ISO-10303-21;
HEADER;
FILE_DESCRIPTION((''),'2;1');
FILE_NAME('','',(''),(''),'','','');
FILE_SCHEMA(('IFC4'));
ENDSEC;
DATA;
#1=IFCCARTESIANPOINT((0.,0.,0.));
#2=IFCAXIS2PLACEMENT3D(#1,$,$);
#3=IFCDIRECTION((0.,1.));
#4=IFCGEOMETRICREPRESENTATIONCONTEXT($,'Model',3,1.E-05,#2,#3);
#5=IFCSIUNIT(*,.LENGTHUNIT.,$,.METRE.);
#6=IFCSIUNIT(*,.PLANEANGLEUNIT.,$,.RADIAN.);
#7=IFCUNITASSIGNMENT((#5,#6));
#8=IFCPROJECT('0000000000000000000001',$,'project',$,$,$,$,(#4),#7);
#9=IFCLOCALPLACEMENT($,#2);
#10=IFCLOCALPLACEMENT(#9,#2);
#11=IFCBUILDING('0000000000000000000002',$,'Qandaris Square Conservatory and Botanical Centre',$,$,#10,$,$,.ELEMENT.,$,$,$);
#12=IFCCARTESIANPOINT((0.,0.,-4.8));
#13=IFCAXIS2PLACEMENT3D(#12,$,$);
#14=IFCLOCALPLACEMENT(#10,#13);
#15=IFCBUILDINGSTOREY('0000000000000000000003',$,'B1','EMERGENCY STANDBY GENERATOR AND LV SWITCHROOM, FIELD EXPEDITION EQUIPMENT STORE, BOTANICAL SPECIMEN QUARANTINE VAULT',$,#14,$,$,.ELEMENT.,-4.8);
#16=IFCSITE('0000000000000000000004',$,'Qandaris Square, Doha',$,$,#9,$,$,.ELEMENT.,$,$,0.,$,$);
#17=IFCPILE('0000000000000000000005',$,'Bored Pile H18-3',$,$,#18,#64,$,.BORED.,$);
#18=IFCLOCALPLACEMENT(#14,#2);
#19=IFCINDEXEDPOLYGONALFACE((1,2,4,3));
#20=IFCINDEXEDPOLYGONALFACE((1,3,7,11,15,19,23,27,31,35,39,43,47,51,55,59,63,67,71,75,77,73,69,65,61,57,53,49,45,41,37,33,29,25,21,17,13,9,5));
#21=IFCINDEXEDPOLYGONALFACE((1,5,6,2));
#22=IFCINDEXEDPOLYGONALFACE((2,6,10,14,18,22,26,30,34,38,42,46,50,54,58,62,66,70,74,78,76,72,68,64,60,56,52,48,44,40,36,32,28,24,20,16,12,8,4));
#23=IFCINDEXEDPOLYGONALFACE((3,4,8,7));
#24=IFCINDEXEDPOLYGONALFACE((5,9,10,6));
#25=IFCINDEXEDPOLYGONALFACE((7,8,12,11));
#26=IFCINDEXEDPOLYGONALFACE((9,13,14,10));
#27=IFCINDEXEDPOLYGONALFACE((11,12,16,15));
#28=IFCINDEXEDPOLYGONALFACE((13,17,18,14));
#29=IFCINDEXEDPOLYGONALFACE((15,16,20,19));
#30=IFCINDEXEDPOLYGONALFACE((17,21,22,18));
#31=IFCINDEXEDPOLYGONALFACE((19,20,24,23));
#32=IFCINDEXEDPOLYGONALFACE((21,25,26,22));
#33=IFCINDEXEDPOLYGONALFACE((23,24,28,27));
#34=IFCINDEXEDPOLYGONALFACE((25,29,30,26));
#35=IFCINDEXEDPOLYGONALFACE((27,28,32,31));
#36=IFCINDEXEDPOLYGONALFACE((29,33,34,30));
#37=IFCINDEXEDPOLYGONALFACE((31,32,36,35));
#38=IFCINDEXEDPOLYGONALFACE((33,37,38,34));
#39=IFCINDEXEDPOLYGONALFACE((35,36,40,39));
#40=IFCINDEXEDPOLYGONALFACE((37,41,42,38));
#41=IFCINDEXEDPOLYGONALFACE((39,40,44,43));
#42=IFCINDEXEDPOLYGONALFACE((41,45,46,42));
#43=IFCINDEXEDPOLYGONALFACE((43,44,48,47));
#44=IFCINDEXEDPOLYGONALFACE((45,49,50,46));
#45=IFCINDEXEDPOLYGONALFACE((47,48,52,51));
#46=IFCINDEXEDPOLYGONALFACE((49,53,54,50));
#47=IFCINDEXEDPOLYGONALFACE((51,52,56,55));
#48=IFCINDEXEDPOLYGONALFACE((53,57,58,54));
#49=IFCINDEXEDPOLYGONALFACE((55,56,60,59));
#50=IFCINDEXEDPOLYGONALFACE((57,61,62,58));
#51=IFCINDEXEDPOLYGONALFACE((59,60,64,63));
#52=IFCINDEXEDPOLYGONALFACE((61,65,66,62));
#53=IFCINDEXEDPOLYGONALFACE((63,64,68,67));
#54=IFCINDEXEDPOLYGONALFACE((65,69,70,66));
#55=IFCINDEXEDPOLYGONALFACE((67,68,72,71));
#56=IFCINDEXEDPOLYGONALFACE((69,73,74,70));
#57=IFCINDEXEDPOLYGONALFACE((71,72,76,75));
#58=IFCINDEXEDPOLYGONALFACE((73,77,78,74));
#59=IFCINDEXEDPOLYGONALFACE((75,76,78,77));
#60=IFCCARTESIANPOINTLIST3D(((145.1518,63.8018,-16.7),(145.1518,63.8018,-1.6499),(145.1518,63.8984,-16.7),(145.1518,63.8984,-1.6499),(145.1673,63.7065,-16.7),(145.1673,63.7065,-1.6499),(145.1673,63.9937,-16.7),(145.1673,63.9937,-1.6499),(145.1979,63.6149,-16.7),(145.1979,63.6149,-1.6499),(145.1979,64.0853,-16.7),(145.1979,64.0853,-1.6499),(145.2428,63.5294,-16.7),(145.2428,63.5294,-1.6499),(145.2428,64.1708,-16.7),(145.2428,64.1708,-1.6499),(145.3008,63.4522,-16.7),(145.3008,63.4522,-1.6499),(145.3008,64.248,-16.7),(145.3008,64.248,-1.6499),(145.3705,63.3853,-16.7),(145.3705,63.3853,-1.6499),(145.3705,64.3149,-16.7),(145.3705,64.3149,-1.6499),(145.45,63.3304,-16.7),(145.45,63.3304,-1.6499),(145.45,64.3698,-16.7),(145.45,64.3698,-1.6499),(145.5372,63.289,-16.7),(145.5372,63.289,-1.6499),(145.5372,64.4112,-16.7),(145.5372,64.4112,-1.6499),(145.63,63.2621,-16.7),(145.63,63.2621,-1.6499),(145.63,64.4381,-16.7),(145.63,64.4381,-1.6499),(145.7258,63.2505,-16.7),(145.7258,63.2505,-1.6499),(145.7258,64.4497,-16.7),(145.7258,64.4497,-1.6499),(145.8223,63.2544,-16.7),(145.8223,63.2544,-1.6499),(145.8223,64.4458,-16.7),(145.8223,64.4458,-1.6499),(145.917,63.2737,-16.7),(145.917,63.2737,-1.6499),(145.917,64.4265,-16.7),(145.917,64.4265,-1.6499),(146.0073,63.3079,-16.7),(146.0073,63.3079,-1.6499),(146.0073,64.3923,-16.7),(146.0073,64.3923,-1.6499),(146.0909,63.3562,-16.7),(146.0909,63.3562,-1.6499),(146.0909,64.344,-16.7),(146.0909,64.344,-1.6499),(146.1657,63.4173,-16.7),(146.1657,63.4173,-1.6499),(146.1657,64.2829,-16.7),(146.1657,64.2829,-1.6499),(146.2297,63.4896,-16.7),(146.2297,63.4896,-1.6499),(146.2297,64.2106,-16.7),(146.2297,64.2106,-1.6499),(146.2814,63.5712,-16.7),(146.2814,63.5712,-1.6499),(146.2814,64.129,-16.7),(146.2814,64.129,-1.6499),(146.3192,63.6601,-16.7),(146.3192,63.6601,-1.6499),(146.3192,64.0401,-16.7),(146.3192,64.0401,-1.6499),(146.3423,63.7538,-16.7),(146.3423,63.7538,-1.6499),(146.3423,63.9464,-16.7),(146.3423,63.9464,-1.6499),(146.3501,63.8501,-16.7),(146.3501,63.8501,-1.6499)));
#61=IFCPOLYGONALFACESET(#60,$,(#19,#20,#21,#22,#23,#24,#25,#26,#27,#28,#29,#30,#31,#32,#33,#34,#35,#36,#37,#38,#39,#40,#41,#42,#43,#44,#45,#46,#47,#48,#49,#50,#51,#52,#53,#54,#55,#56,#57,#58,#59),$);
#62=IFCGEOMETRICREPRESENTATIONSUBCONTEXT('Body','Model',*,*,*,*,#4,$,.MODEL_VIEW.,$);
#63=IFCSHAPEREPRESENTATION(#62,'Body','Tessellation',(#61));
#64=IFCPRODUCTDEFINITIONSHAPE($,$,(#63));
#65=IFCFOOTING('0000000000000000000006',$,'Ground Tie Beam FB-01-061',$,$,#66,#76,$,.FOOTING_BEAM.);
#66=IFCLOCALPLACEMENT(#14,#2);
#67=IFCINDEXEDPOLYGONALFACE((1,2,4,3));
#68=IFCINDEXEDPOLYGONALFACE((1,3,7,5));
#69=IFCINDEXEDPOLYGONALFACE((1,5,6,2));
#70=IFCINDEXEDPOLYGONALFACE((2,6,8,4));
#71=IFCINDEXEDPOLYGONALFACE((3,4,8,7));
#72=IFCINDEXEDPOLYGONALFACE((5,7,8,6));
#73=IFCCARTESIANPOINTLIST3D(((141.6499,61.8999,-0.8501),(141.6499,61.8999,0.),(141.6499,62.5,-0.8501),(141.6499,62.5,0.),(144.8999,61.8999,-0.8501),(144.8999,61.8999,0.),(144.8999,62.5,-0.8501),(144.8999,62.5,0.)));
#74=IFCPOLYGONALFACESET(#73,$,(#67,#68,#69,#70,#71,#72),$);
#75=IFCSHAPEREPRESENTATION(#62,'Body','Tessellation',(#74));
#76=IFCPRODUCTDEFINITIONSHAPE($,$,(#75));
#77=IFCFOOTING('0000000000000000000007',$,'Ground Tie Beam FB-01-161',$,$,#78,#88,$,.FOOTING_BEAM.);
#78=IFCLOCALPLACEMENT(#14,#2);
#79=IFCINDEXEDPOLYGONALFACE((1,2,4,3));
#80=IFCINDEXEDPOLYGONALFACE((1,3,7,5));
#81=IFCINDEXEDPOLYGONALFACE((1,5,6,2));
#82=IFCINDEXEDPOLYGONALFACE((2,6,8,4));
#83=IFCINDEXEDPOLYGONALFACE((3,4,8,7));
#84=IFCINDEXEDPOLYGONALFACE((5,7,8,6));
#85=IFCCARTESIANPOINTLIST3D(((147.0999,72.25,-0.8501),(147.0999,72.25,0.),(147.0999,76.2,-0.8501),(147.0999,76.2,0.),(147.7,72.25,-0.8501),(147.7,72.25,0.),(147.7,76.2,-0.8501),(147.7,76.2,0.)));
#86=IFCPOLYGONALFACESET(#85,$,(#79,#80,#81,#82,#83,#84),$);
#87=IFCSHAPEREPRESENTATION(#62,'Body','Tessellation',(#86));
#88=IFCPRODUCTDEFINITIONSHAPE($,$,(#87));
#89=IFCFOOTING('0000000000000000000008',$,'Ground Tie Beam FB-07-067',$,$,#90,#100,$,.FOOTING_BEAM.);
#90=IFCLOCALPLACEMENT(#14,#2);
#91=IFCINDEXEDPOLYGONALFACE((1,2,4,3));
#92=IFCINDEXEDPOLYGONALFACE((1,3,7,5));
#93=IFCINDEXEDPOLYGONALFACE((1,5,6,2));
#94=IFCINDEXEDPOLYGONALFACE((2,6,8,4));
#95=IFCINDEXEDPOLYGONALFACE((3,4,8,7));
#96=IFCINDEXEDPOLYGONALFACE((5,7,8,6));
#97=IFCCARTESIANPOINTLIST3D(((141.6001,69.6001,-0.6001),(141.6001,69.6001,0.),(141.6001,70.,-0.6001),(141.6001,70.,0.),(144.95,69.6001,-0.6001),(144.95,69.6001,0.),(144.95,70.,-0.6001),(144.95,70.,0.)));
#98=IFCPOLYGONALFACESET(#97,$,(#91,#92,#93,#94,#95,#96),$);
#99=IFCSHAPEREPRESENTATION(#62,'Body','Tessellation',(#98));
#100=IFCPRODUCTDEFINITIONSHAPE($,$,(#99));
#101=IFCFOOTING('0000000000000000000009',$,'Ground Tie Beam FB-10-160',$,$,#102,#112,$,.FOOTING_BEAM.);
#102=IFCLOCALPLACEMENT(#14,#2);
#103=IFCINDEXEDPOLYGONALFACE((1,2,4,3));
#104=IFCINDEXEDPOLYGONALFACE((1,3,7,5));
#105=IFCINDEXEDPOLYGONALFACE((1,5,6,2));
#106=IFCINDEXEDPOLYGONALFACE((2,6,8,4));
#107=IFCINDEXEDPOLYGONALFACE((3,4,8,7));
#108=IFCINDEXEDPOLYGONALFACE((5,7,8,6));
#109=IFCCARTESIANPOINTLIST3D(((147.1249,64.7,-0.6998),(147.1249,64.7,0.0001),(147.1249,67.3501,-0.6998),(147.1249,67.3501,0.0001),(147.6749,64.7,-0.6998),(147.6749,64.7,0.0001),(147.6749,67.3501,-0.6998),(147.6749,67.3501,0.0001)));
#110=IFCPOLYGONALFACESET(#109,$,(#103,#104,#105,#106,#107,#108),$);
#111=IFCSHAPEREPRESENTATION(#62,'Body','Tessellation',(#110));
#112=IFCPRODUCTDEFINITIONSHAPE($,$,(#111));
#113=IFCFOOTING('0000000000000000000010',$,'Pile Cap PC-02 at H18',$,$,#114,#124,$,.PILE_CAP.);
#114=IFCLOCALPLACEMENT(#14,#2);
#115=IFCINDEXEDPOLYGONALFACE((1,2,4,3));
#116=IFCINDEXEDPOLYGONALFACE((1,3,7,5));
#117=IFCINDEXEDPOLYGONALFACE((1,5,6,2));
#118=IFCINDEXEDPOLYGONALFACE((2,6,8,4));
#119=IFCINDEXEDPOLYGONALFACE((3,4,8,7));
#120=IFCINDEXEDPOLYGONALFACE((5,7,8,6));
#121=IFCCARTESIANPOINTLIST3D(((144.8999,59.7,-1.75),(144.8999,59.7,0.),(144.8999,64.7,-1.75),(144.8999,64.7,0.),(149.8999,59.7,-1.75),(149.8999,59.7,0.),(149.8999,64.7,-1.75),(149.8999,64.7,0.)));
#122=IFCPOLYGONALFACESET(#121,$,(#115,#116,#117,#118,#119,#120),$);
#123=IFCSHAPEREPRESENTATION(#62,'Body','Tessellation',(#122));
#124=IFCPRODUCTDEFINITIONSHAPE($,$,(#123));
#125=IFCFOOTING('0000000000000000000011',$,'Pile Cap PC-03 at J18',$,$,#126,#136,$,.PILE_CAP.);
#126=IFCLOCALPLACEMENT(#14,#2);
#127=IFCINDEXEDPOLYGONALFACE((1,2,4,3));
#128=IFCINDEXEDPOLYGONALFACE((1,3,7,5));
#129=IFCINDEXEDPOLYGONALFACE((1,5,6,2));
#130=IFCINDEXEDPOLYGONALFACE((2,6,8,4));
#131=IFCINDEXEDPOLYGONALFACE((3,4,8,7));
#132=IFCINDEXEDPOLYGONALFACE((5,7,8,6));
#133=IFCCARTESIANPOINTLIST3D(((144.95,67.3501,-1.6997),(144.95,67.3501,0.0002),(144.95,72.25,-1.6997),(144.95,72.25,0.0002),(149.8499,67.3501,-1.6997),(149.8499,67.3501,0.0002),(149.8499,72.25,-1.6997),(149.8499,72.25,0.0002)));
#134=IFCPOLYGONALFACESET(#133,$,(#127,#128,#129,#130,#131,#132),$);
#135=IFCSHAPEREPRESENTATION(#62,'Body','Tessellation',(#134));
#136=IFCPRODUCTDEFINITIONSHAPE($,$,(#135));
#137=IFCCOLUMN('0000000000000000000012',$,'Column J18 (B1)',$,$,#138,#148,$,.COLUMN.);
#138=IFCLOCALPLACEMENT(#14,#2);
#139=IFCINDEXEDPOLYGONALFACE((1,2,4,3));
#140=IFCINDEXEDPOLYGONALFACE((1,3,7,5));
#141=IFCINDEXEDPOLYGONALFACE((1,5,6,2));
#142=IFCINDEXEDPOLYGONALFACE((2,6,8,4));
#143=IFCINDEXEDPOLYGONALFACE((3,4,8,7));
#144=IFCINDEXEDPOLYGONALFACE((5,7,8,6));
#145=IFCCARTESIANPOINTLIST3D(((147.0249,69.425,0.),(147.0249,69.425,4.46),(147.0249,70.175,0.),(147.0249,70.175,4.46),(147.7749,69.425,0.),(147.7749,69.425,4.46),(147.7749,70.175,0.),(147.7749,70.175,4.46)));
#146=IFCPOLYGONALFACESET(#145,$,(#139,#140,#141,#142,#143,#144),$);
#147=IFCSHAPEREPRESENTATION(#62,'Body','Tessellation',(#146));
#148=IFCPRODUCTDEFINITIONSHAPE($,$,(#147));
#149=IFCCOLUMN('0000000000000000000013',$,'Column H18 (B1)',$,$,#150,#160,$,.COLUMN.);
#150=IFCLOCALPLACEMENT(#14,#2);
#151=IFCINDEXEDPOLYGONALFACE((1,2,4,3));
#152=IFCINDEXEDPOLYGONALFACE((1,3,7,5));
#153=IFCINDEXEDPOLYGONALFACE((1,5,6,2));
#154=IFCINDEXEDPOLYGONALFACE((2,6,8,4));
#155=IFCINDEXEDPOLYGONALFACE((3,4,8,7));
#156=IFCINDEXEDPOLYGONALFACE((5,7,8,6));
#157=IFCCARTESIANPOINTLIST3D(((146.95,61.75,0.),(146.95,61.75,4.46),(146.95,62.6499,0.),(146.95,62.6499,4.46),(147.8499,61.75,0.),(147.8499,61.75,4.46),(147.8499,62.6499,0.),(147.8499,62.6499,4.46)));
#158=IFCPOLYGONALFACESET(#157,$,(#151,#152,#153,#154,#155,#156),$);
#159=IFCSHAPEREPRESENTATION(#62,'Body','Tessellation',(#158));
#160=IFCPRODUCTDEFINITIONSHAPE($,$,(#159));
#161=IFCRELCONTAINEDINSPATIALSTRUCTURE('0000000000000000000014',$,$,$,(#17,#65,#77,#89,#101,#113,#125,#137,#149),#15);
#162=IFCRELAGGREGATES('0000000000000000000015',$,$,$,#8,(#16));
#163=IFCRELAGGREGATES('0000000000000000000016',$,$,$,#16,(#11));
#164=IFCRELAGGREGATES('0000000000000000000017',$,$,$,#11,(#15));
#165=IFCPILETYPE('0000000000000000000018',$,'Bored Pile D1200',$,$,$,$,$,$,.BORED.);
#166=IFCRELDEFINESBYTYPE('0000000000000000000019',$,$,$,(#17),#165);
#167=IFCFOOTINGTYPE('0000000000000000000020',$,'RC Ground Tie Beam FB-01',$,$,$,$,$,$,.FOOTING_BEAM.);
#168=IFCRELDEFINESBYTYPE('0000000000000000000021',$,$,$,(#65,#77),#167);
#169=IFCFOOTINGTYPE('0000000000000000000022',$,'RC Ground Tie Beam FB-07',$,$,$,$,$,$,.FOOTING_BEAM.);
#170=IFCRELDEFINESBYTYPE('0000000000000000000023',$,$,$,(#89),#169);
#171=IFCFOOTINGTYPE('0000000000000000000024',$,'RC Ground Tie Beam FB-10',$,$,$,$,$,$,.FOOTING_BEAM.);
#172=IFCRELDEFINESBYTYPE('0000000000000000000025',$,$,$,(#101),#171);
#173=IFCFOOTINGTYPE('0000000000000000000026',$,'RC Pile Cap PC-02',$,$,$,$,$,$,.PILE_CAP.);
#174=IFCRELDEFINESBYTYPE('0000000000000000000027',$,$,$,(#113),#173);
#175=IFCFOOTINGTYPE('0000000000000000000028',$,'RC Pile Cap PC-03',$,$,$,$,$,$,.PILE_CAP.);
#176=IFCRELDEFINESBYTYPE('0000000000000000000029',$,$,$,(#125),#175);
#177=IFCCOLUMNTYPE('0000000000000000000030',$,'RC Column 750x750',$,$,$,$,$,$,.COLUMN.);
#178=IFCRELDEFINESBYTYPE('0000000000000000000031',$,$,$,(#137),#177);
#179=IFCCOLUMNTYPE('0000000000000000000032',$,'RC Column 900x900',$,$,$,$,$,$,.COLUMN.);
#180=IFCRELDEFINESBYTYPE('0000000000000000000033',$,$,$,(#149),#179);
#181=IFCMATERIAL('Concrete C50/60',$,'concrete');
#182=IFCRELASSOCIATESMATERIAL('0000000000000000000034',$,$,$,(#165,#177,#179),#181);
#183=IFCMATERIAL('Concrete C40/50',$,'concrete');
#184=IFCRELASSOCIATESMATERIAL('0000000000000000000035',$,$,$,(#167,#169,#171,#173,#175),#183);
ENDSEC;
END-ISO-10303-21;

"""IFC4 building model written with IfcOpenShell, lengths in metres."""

from ifc_helpers import new_model, si_unit, direction, frame, origin, origin_2d, place, context, subcontext, project, spatial, rectangle, circle, extrude, material, material_profile, profile_set, type_object, element, save


model = new_model("IFC4")

# Units and contexts
model_context = context("Model", 3, precision=1e-05, world=origin(), true_north=direction((0.0, 1.0)))
body_context = subcontext(model_context, "Body", "Model", "MODEL_VIEW")
ifc_project = project(units=[si_unit("LENGTHUNIT", "METRE"), si_unit("PLANEANGLEUNIT", "RADIAN")], contexts=[model_context])

# Site, building, storey
site_placement = place(None, origin())
site = spatial("IfcSite", under=ifc_project, at=site_placement, Name="Qandaris Square, Doha", CompositionType="ELEMENT", RefElevation=0.0)
building_placement = place(site_placement, origin())
building = spatial("IfcBuilding", under=site, at=building_placement, Name="Qandaris Square Conservatory and Botanical Centre", CompositionType="ELEMENT")
storey_placement = place(building_placement, frame((0.0, 0.0, -4.8)))
storey = spatial("IfcBuildingStorey", under=building, at=storey_placement, Name="B1", Description="EMERGENCY STANDBY GENERATOR AND LV SWITCHROOM, FIELD EXPEDITION EQUIPMENT STORE, BOTANICAL SPECIMEN QUARANTINE VAULT", CompositionType="ELEMENT", Elevation=-4.8)

# Pile
ifc_material_1 = material(Name="Concrete C50/60", Category="concrete")
ifc_material_profile_1 = material_profile(ifc_material_1, circle(Radius=0.6001, at=origin_2d()), Name="PILE D1200")
ifc_profile_set_1 = profile_set([ifc_material_profile_1], Name="Concrete C50/60")
pile_type_1 = type_object("IfcPileType", Name="Bored Pile D1200", PredefinedType="BORED", material=ifc_profile_set_1)
pile_placement = place(storey_placement, frame((145.75, 63.8501, -1.6499), z_axis=(0.0, 0.0, -1.0), x_axis=(1.0, 0.0, 0.0)))
element("IfcPile", 1, at=pile_placement, inside=storey, type_object=pile_type_1, Name="Bored Pile H18-3", PredefinedType="BORED", context=body_context, shape_type="SweptSolid", body=[
    extrude(circle(Radius=0.6001, at=origin_2d()), origin(), (0.0, 0.0, 1.0), 15.05),
])

# Footings
ifc_material_2 = material(Name="Concrete C40/50", Category="concrete")
ifc_material_profile_2 = material_profile(ifc_material_2, rectangle(XDim=0.6001, YDim=0.8501, at=origin_2d()), Name="FB 600x850")
ifc_profile_set_2 = profile_set([ifc_material_profile_2], Name="Concrete C40/50")
footing_type_1 = type_object("IfcFootingType", Name="RC Ground Tie Beam FB-01", PredefinedType="FOOTING_BEAM", material=ifc_profile_set_2)
footing_1_placement = place(storey_placement, frame((141.6499, 62.2, -0.425), z_axis=(1.0, 0.0, 0.0), x_axis=(0.0, 1.0, 0.0)))
element("IfcFooting", 2, at=footing_1_placement, inside=storey, type_object=footing_type_1, Name="Ground Tie Beam FB-01-061", PredefinedType="FOOTING_BEAM", context=body_context, shape_type="SweptSolid", body=[
    extrude(rectangle(XDim=0.6001, YDim=0.8501, at=origin_2d()), origin(), (0.0, 0.0, 1.0), 3.25),
])
footing_2_placement = place(storey_placement, frame((147.3999, 72.25, -0.425), z_axis=(0.0, 1.0, 0.0), x_axis=(-1.0, 0.0, 0.0)))
element("IfcFooting", 3, at=footing_2_placement, inside=storey, type_object=footing_type_1, Name="Ground Tie Beam FB-01-161", PredefinedType="FOOTING_BEAM", context=body_context, shape_type="SweptSolid", body=[
    extrude(rectangle(XDim=0.6001, YDim=0.8501, at=origin_2d()), origin(), (0.0, 0.0, 1.0), 3.95),
])
ifc_material_profile_3 = material_profile(ifc_material_2, rectangle(XDim=0.3999, YDim=0.6001, at=origin_2d()), Name="FB 400x600")
ifc_profile_set_3 = profile_set([ifc_material_profile_3], Name="Concrete C40/50")
footing_type_2 = type_object("IfcFootingType", Name="RC Ground Tie Beam FB-07", PredefinedType="FOOTING_BEAM", material=ifc_profile_set_3)
footing_3_placement = place(storey_placement, frame((141.6001, 69.8, -0.3), z_axis=(1.0, 0.0, 0.0), x_axis=(0.0, 1.0, 0.0)))
element("IfcFooting", 4, at=footing_3_placement, inside=storey, type_object=footing_type_2, Name="Ground Tie Beam FB-07-067", PredefinedType="FOOTING_BEAM", context=body_context, shape_type="SweptSolid", body=[
    extrude(rectangle(XDim=0.3999, YDim=0.6001, at=origin_2d()), origin(), (0.0, 0.0, 1.0), 3.3499),
])
ifc_material_profile_4 = material_profile(ifc_material_2, rectangle(XDim=0.55, YDim=0.7, at=origin_2d()), Name="FB 550x700")
ifc_profile_set_4 = profile_set([ifc_material_profile_4], Name="Concrete C40/50")
footing_type_3 = type_object("IfcFootingType", Name="RC Ground Tie Beam FB-10", PredefinedType="FOOTING_BEAM", material=ifc_profile_set_4)
footing_4_placement = place(storey_placement, frame((147.3999, 64.7, -0.3499), z_axis=(0.0, 1.0, 0.0), x_axis=(-1.0, 0.0, 0.0)))
element("IfcFooting", 5, at=footing_4_placement, inside=storey, type_object=footing_type_3, Name="Ground Tie Beam FB-10-160", PredefinedType="FOOTING_BEAM", context=body_context, shape_type="SweptSolid", body=[
    extrude(rectangle(XDim=0.55, YDim=0.7, at=origin_2d()), origin(), (0.0, 0.0, 1.0), 2.6501),
])
footing_type_4 = type_object("IfcFootingType", Name="RC Pile Cap PC-02", PredefinedType="PILE_CAP", material=ifc_material_2)
footing_5_placement = place(storey_placement, frame((147.3999, 62.2, -1.75), z_axis=(0.0, 0.0, 1.0), x_axis=(1.0, 0.0, 0.0)))
element("IfcFooting", 6, at=footing_5_placement, inside=storey, type_object=footing_type_4, Name="Pile Cap PC-02 at H18", PredefinedType="PILE_CAP", context=body_context, shape_type="SweptSolid", body=[
    extrude(rectangle(XDim=5.0, YDim=5.0, at=origin_2d()), origin(), (0.0, 0.0, 1.0), 1.75),
])
footing_type_5 = type_object("IfcFootingType", Name="RC Pile Cap PC-03", PredefinedType="PILE_CAP", material=ifc_material_2)
footing_6_placement = place(storey_placement, frame((147.3999, 69.8, -1.6997), z_axis=(0.0, 0.0, 1.0), x_axis=(1.0, 0.0, 0.0)))
element("IfcFooting", 7, at=footing_6_placement, inside=storey, type_object=footing_type_5, Name="Pile Cap PC-03 at J18", PredefinedType="PILE_CAP", context=body_context, shape_type="SweptSolid", body=[
    extrude(rectangle(XDim=4.8999, YDim=4.8999, at=origin_2d()), origin(), (0.0, 0.0, 1.0), 1.7),
])

# Columns
ifc_material_profile_5 = material_profile(ifc_material_1, rectangle(XDim=0.75, YDim=0.75, at=origin_2d()), Name="RC-COL 750x750")
ifc_profile_set_5 = profile_set([ifc_material_profile_5], Name="Concrete C50/60")
column_type_1 = type_object("IfcColumnType", Name="RC Column 750x750", PredefinedType="COLUMN", material=ifc_profile_set_5)
column_1_placement = place(storey_placement, frame((147.3999, 69.8, 0.0), z_axis=(0.0, 0.0, 1.0), x_axis=(1.0, 0.0, 0.0)))
element("IfcColumn", 8, at=column_1_placement, inside=storey, type_object=column_type_1, Name="Column J18 (B1)", PredefinedType="COLUMN", context=body_context, shape_type="SweptSolid", body=[
    extrude(rectangle(XDim=0.75, YDim=0.75, at=origin_2d()), origin(), (0.0, 0.0, 1.0), 4.46),
])
ifc_material_profile_6 = material_profile(ifc_material_1, rectangle(XDim=0.8999, YDim=0.8999, at=origin_2d()), Name="RC-COL 900x900")
ifc_profile_set_6 = profile_set([ifc_material_profile_6], Name="Concrete C50/60")
column_type_2 = type_object("IfcColumnType", Name="RC Column 900x900", PredefinedType="COLUMN", material=ifc_profile_set_6)
column_2_placement = place(storey_placement, frame((147.3999, 62.2, 0.0), z_axis=(0.0, 0.0, 1.0), x_axis=(1.0, 0.0, 0.0)))
element("IfcColumn", 9, at=column_2_placement, inside=storey, type_object=column_type_2, Name="Column H18 (B1)", PredefinedType="COLUMN", context=body_context, shape_type="SweptSolid", body=[
    extrude(rectangle(XDim=0.8999, YDim=0.8999, at=origin_2d()), origin(), (0.0, 0.0, 1.0), 4.46),
])

save(model, "model.ifc")
